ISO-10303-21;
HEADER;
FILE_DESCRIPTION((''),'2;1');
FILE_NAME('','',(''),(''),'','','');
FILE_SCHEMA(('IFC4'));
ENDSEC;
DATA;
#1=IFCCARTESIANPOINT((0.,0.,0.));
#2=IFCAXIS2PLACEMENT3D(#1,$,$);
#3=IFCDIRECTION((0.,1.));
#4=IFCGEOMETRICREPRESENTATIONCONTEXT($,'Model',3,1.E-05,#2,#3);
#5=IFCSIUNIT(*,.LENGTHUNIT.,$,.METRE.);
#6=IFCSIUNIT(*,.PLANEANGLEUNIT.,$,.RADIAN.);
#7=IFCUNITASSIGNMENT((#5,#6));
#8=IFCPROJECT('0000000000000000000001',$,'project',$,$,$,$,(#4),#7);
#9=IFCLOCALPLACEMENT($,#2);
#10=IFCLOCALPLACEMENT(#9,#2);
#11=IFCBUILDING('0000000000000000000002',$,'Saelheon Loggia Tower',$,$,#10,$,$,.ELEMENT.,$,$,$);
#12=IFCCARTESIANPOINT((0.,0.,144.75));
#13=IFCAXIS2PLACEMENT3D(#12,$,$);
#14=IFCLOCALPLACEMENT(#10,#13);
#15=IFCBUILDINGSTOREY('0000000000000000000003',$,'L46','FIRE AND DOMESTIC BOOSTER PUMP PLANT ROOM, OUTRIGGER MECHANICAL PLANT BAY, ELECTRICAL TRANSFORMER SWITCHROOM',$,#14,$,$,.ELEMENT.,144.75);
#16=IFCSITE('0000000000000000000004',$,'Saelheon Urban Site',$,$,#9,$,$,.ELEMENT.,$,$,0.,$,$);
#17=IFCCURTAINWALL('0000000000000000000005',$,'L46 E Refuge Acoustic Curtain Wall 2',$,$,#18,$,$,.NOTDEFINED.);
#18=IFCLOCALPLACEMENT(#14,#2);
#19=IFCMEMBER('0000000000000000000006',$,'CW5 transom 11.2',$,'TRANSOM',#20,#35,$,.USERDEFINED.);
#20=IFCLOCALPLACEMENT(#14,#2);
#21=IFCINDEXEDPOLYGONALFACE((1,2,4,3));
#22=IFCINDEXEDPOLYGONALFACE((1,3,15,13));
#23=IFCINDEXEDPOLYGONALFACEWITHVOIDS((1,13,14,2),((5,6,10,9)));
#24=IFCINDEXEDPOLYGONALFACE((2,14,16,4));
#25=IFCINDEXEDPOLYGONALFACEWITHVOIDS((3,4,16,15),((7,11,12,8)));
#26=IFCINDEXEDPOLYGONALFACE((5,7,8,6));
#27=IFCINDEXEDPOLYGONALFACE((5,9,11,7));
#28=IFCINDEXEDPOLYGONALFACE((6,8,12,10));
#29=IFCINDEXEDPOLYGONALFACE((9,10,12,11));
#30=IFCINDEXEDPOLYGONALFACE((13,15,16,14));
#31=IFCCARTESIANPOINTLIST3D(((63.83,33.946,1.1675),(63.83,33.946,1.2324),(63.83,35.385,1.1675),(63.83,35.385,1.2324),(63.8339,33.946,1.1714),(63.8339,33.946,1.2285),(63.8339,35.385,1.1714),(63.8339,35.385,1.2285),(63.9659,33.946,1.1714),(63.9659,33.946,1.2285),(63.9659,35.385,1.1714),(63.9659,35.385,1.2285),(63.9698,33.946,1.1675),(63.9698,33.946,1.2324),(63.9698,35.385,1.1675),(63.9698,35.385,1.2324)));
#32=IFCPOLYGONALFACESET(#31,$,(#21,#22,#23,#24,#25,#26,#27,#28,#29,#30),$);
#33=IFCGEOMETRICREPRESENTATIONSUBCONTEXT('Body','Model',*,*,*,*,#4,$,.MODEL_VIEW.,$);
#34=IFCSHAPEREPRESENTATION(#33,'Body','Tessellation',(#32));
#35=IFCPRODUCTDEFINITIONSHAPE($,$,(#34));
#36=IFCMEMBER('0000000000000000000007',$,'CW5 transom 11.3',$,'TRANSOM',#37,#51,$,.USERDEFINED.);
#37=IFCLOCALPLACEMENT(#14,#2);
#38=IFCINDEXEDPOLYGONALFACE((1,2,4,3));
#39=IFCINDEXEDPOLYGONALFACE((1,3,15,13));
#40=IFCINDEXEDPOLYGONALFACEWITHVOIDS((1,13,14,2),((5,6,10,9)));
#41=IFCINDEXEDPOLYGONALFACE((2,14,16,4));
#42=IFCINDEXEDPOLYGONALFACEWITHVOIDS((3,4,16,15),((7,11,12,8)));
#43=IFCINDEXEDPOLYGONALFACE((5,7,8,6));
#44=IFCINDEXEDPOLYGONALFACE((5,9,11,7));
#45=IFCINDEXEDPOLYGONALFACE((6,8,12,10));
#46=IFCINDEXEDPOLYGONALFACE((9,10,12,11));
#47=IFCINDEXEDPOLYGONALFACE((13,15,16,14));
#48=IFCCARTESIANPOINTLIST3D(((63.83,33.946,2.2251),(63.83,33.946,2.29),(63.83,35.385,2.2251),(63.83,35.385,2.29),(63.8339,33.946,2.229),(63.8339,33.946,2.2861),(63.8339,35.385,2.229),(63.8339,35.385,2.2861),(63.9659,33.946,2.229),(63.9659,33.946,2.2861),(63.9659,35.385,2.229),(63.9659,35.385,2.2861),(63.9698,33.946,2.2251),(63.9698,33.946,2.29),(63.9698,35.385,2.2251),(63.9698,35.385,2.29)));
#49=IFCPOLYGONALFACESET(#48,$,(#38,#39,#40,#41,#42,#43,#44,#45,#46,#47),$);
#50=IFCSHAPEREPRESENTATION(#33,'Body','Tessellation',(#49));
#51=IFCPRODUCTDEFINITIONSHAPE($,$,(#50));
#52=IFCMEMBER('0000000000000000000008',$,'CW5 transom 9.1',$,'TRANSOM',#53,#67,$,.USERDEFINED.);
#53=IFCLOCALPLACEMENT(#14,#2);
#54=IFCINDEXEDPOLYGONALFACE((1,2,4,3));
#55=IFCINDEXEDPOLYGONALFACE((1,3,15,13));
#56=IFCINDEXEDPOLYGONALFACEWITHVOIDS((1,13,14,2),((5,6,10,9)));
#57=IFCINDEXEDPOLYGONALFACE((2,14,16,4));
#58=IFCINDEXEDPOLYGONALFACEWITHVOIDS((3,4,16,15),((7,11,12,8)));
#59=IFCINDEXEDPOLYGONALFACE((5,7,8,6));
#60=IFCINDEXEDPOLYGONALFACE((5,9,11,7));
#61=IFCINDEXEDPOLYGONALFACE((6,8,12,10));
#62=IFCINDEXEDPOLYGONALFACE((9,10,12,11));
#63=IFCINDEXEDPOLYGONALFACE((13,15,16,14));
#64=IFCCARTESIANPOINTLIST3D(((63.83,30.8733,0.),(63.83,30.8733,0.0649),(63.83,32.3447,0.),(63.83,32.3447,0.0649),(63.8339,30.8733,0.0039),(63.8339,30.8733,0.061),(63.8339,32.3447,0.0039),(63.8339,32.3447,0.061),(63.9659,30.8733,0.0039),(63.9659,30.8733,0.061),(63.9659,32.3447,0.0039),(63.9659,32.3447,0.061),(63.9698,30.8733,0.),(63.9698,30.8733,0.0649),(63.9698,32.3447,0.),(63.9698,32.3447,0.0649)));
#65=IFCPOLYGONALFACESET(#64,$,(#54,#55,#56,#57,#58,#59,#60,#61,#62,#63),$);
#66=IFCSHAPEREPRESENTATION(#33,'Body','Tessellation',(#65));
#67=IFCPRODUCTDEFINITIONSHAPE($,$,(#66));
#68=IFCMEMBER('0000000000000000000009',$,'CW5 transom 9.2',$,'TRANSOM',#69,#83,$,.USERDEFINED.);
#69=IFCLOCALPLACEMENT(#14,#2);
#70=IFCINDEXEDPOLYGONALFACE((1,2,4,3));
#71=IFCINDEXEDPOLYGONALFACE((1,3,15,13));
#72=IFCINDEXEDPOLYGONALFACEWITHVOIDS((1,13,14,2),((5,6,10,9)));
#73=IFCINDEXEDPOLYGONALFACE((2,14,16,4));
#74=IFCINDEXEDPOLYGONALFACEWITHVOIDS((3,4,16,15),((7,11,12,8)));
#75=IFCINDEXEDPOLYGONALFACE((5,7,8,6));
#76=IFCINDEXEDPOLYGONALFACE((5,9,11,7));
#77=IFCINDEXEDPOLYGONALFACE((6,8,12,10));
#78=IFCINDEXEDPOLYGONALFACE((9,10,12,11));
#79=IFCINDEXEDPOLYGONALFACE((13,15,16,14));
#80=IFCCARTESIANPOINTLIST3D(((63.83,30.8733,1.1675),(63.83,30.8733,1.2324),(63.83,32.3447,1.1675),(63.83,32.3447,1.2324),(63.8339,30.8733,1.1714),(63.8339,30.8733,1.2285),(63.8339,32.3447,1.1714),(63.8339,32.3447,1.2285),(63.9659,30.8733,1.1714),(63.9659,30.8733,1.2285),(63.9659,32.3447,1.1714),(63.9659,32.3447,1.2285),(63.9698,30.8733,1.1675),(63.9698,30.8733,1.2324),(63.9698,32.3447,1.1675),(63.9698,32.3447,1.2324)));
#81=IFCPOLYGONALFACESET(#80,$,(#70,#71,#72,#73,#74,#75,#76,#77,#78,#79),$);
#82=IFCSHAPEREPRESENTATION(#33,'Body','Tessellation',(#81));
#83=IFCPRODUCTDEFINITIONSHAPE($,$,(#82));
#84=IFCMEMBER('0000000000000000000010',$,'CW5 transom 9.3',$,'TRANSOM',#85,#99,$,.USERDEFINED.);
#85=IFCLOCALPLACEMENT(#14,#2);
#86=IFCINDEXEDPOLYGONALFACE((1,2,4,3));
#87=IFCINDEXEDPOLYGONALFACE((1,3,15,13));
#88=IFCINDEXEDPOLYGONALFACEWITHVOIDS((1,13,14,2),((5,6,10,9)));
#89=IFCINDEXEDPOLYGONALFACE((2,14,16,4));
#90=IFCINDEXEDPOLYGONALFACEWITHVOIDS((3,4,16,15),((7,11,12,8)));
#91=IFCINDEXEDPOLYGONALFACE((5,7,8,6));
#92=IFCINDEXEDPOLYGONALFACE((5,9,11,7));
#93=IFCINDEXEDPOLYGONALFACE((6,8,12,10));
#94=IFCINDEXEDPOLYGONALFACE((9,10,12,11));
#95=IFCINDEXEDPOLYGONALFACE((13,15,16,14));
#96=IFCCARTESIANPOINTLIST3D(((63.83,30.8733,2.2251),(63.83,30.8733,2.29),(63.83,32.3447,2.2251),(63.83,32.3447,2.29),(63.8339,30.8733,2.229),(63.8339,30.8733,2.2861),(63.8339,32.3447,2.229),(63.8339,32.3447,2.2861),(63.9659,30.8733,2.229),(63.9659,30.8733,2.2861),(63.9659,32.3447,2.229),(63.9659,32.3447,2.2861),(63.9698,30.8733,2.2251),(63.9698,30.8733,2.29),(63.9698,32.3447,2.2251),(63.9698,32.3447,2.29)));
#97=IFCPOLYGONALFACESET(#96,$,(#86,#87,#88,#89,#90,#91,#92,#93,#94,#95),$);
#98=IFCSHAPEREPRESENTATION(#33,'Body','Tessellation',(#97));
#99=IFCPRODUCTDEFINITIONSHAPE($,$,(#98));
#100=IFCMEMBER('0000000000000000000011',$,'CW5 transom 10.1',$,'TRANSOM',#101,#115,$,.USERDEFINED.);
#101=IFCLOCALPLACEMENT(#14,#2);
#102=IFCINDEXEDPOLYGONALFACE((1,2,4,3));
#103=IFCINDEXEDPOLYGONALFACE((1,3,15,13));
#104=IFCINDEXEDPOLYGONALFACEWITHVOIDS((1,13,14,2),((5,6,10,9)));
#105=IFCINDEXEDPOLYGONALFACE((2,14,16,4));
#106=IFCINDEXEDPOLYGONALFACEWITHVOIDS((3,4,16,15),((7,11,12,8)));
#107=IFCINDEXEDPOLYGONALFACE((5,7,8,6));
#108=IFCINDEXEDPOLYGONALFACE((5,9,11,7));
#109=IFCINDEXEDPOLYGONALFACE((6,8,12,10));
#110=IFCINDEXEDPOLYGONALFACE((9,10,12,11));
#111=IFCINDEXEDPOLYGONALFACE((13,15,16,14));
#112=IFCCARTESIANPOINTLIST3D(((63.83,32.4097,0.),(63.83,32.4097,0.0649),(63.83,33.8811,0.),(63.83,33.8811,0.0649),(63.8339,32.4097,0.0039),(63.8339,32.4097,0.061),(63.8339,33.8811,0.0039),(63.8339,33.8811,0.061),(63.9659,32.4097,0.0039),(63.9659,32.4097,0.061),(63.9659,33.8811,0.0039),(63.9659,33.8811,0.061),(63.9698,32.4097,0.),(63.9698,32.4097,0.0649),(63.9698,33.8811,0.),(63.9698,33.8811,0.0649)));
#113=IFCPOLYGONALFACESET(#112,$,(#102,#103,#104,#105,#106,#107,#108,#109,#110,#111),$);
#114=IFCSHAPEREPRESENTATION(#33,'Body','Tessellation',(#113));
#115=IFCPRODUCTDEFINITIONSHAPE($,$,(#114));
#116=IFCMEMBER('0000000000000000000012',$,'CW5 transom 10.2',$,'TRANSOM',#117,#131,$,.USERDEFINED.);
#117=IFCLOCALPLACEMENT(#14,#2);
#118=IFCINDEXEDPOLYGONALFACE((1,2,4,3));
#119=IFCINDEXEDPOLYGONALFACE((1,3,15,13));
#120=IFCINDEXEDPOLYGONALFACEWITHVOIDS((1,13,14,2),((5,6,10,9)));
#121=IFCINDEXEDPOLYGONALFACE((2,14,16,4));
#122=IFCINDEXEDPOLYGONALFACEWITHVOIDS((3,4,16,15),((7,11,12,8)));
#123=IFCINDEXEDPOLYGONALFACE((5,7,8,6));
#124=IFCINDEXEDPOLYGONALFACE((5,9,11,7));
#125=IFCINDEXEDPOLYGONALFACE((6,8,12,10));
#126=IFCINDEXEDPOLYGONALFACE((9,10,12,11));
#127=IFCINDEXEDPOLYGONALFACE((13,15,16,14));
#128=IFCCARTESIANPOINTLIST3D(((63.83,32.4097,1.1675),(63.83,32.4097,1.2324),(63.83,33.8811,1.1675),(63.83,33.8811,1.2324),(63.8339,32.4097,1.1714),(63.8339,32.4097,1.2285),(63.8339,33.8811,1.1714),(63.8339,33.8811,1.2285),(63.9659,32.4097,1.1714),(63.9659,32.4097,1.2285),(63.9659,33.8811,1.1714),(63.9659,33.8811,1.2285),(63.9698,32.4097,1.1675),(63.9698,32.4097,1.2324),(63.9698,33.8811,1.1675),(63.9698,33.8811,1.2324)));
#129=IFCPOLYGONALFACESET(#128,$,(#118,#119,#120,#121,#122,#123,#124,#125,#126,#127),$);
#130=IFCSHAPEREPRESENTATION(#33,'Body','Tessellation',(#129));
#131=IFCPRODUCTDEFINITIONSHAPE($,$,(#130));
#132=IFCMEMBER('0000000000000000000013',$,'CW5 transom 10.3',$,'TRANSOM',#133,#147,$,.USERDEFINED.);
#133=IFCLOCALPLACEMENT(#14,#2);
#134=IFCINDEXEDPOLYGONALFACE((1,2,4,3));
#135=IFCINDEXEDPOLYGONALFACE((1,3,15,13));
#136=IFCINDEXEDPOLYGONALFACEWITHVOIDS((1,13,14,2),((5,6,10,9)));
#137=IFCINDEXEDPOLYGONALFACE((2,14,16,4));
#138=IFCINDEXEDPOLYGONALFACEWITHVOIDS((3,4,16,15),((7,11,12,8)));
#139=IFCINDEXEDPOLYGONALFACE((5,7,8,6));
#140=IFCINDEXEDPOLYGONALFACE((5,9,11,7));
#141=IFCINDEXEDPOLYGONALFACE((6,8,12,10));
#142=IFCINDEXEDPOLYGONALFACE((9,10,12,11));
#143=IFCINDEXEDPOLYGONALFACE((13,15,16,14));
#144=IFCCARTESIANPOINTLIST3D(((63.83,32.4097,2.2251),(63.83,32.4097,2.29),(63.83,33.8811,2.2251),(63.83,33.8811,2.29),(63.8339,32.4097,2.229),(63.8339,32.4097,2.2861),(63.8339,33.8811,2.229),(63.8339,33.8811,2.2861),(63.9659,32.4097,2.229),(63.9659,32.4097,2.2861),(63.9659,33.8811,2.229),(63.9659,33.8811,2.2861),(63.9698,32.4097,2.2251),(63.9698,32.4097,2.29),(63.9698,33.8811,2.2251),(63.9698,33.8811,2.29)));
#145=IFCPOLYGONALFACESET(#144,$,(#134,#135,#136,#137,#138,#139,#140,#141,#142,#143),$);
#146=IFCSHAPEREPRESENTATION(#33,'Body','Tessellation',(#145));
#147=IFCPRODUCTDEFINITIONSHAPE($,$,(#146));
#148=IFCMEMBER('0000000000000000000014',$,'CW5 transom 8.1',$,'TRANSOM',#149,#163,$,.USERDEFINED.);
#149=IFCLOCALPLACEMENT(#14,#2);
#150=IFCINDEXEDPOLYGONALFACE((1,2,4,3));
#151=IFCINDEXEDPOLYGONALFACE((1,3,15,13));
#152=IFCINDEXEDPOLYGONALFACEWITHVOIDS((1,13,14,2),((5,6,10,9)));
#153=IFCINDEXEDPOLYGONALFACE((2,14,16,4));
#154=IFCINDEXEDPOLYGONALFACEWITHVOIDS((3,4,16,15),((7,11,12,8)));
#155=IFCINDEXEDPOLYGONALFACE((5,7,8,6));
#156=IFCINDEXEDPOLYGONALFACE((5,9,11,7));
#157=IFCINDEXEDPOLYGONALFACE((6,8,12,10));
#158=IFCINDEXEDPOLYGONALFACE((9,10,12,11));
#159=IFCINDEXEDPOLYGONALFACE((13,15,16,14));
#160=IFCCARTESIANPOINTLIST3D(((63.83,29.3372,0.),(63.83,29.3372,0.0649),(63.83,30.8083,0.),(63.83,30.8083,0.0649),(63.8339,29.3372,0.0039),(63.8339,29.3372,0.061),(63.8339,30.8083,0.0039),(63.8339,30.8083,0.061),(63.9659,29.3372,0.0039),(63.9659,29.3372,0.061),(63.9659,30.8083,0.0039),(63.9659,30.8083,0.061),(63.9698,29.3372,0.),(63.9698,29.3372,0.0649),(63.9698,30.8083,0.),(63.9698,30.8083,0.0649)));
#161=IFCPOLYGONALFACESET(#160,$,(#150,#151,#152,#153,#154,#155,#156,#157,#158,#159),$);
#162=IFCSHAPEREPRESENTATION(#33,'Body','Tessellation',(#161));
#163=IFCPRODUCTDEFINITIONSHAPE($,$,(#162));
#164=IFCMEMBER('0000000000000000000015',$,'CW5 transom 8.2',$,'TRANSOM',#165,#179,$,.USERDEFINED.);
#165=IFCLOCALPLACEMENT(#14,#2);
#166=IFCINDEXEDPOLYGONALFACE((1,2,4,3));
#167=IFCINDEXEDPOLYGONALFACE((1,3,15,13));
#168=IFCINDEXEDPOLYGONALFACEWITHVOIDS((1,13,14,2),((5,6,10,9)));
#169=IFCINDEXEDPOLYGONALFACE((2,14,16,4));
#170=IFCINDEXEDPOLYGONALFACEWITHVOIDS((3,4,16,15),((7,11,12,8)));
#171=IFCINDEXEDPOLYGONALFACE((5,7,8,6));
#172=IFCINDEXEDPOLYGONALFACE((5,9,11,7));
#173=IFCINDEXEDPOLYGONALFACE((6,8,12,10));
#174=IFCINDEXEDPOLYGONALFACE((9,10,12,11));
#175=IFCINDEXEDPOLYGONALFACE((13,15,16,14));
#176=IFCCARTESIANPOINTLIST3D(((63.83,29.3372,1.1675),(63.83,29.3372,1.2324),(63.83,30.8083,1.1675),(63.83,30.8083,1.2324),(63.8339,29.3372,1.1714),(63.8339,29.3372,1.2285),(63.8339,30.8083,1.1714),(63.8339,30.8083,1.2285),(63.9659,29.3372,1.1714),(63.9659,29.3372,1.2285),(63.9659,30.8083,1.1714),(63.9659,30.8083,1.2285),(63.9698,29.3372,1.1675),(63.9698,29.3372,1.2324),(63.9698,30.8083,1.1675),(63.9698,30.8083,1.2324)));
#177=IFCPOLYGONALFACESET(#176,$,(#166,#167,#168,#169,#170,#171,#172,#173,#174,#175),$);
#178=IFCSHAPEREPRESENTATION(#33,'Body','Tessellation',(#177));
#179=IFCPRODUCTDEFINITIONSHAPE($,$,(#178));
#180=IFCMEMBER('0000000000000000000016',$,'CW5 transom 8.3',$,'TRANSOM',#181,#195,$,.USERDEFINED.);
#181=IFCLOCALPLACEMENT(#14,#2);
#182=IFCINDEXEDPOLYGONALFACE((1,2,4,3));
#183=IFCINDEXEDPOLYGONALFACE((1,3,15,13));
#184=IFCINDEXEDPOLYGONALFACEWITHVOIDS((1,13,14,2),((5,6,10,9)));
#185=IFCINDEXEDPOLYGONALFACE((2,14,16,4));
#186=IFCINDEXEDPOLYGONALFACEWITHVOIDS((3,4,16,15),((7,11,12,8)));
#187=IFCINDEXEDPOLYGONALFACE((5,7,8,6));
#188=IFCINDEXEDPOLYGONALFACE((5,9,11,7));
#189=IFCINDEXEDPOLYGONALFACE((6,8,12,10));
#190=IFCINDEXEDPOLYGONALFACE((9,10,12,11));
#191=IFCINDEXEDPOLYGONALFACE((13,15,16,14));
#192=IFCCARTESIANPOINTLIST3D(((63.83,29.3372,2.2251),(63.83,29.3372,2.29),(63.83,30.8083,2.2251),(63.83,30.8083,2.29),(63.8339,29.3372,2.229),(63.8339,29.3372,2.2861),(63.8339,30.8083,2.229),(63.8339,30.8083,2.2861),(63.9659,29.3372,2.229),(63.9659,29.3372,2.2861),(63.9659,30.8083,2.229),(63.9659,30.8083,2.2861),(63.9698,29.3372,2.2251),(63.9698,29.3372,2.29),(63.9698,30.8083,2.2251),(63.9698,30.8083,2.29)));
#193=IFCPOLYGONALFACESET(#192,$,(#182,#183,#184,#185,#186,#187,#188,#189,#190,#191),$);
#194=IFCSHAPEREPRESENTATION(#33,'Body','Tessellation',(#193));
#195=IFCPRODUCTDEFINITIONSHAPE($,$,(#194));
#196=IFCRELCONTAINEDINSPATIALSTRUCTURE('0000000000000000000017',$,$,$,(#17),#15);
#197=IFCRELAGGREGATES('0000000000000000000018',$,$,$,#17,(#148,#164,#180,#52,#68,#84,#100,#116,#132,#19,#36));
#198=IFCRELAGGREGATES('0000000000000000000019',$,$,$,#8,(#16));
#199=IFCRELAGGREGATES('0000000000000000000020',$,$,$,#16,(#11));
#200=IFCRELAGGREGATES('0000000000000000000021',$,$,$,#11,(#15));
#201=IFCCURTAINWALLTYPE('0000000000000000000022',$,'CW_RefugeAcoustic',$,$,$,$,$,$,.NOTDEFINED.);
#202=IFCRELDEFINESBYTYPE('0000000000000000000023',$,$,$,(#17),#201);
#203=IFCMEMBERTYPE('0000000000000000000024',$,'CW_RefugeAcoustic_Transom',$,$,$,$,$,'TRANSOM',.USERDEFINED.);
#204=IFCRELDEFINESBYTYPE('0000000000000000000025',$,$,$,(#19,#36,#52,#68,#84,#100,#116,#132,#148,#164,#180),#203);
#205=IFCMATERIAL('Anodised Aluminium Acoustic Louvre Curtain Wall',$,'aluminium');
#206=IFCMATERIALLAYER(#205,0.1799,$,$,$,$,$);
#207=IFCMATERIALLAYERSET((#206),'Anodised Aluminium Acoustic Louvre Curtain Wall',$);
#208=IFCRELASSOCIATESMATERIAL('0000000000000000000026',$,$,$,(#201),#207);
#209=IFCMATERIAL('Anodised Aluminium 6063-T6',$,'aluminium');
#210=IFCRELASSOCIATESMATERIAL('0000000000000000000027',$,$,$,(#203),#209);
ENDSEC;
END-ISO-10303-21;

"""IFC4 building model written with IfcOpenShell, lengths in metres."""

from ifc_helpers import new_model, si_unit, direction, frame, origin, origin_2d, place, context, subcontext, project, spatial, hollow_rectangle, extrude, source, transform, mapped, material, layer, layer_set, material_profile, profile_set, type_object, element, aggregate, save


model = new_model("IFC4")

# Units and contexts
model_context = context("Model", 3, precision=1e-05, world=origin(), true_north=direction((0.0, 1.0)))
body_context = subcontext(model_context, "Body", "Model", "MODEL_VIEW")
ifc_project = project(units=[si_unit("LENGTHUNIT", "METRE"), si_unit("PLANEANGLEUNIT", "RADIAN")], contexts=[model_context])

# Site, building, storey
site_placement = place(None, origin())
site = spatial("IfcSite", under=ifc_project, at=site_placement, Name="Saelheon Urban Site", CompositionType="ELEMENT", RefElevation=0.0)
building_placement = place(site_placement, origin())
building = spatial("IfcBuilding", under=site, at=building_placement, Name="Saelheon Loggia Tower", CompositionType="ELEMENT")
storey_placement = place(building_placement, frame((0.0, 0.0, 144.75)))
storey = spatial("IfcBuildingStorey", under=building, at=storey_placement, Name="L46", Description="FIRE AND DOMESTIC BOOSTER PUMP PLANT ROOM, OUTRIGGER MECHANICAL PLANT BAY, ELECTRICAL TRANSFORMER SWITCHROOM", CompositionType="ELEMENT", Elevation=144.75)

# Curtain wall
ifc_material_1 = material(Name="Anodised Aluminium Acoustic Louvre Curtain Wall", Category="aluminium")
ifc_layer_1 = layer(ifc_material_1, 0.1799)
ifc_layer_set_1 = layer_set([ifc_layer_1], Name="Anodised Aluminium Acoustic Louvre Curtain Wall")
curtain_wall_type = type_object("IfcCurtainWallType", Name="CW_RefugeAcoustic", PredefinedType="NOTDEFINED", material=ifc_layer_set_1)
curtain_wall_1_placement = place(storey_placement, origin())
curtain_wall_1 = element("IfcCurtainWall", 1, at=curtain_wall_1_placement, inside=storey, type_object=curtain_wall_type, Name="L46 E Refuge Acoustic Curtain Wall 2", PredefinedType="NOTDEFINED")
ifc_material_2 = material(Name="Anodised Aluminium 6063-T6", Category="aluminium")

# Members
ifc_material_profile_1 = material_profile(ifc_material_2, hollow_rectangle(XDim=0.0649, YDim=0.1399, WallThickness=0.0039, at=origin_2d()), Name="RHS-140x65x4")
ifc_profile_set_1 = profile_set([ifc_material_profile_1], Name="Anodised Aluminium 6063-T6")
member_type_1 = type_object("IfcMemberType", Name="CW_RefugeAcoustic_Transom", ElementType="TRANSOM", PredefinedType="USERDEFINED", material=ifc_profile_set_1)
shared_shape_1 = source(origin(), body_context, "Body", "SweptSolid", [
    extrude(hollow_rectangle(XDim=0.0649, YDim=0.1399, WallThickness=0.0039, at=origin_2d()), origin(), (0.0, 0.0, 1.0), 1.439),
])
member_1_placement = place(storey_placement, frame((63.8999, 33.946, 1.2), z_axis=(0.0, 1.0, 0.0), x_axis=(0.0, 0.0, 1.0)))
member_1 = element("IfcMember", 2, at=member_1_placement, type_object=member_type_1, Name="CW5 transom 11.2", ObjectType="TRANSOM", PredefinedType="USERDEFINED", context=body_context, shape_type="MappedRepresentation", body=[
    mapped(shared_shape_1, transform((0.0, 0.0, 0.0), scale=1.0)),
])
member_2_placement = place(storey_placement, frame((63.8999, 33.946, 2.2576), z_axis=(0.0, 1.0, 0.0), x_axis=(0.0, 0.0, 1.0)))
member_2 = element("IfcMember", 3, at=member_2_placement, type_object=member_type_1, Name="CW5 transom 11.3", ObjectType="TRANSOM", PredefinedType="USERDEFINED", context=body_context, shape_type="MappedRepresentation", body=[
    mapped(shared_shape_1, transform((0.0, 0.0, 0.0), scale=1.0)),
])
shared_shape_2 = source(origin(), body_context, "Body", "SweptSolid", [
    extrude(hollow_rectangle(XDim=0.0649, YDim=0.1399, WallThickness=0.0039, at=origin_2d()), origin(), (0.0, 0.0, 1.0), 1.4714),
])
member_3_placement = place(storey_placement, frame((63.8999, 30.8733, 0.0325), z_axis=(0.0, 1.0, 0.0), x_axis=(0.0, 0.0, 1.0)))
member_3 = element("IfcMember", 4, at=member_3_placement, type_object=member_type_1, Name="CW5 transom 9.1", ObjectType="TRANSOM", PredefinedType="USERDEFINED", context=body_context, shape_type="MappedRepresentation", body=[
    mapped(shared_shape_2, transform((0.0, 0.0, 0.0), scale=1.0)),
])
member_4_placement = place(storey_placement, frame((63.8999, 30.8733, 1.2), z_axis=(0.0, 1.0, 0.0), x_axis=(0.0, 0.0, 1.0)))
member_4 = element("IfcMember", 5, at=member_4_placement, type_object=member_type_1, Name="CW5 transom 9.2", ObjectType="TRANSOM", PredefinedType="USERDEFINED", context=body_context, shape_type="MappedRepresentation", body=[
    mapped(shared_shape_2, transform((0.0, 0.0, 0.0), scale=1.0)),
])
member_5_placement = place(storey_placement, frame((63.8999, 30.8733, 2.2576), z_axis=(0.0, 1.0, 0.0), x_axis=(0.0, 0.0, 1.0)))
member_5 = element("IfcMember", 6, at=member_5_placement, type_object=member_type_1, Name="CW5 transom 9.3", ObjectType="TRANSOM", PredefinedType="USERDEFINED", context=body_context, shape_type="MappedRepresentation", body=[
    mapped(shared_shape_2, transform((0.0, 0.0, 0.0), scale=1.0)),
])
member_6_placement = place(storey_placement, frame((63.8999, 32.4097, 0.0325), z_axis=(0.0, 1.0, 0.0), x_axis=(0.0, 0.0, 1.0)))
member_6 = element("IfcMember", 7, at=member_6_placement, type_object=member_type_1, Name="CW5 transom 10.1", ObjectType="TRANSOM", PredefinedType="USERDEFINED", context=body_context, shape_type="MappedRepresentation", body=[
    mapped(shared_shape_2, transform((0.0, 0.0, 0.0), scale=1.0)),
])
member_7_placement = place(storey_placement, frame((63.8999, 32.4097, 1.2), z_axis=(0.0, 1.0, 0.0), x_axis=(0.0, 0.0, 1.0)))
member_7 = element("IfcMember", 8, at=member_7_placement, type_object=member_type_1, Name="CW5 transom 10.2", ObjectType="TRANSOM", PredefinedType="USERDEFINED", context=body_context, shape_type="MappedRepresentation", body=[
    mapped(shared_shape_2, transform((0.0, 0.0, 0.0), scale=1.0)),
])
member_8_placement = place(storey_placement, frame((63.8999, 32.4097, 2.2576), z_axis=(0.0, 1.0, 0.0), x_axis=(0.0, 0.0, 1.0)))
member_8 = element("IfcMember", 9, at=member_8_placement, type_object=member_type_1, Name="CW5 transom 10.3", ObjectType="TRANSOM", PredefinedType="USERDEFINED", context=body_context, shape_type="MappedRepresentation", body=[
    mapped(shared_shape_2, transform((0.0, 0.0, 0.0), scale=1.0)),
])
shared_shape_3 = source(origin(), body_context, "Body", "SweptSolid", [
    extrude(hollow_rectangle(XDim=0.0649, YDim=0.1399, WallThickness=0.0039, at=origin_2d()), origin(), (0.0, 0.0, 1.0), 1.4712),
])
member_9_placement = place(storey_placement, frame((63.8999, 29.3372, 0.0325), z_axis=(0.0, 1.0, 0.0), x_axis=(0.0, 0.0, 1.0)))
member_9 = element("IfcMember", 10, at=member_9_placement, type_object=member_type_1, Name="CW5 transom 8.1", ObjectType="TRANSOM", PredefinedType="USERDEFINED", context=body_context, shape_type="MappedRepresentation", body=[
    mapped(shared_shape_3, transform((0.0, 0.0, 0.0), scale=1.0)),
])
member_10_placement = place(storey_placement, frame((63.8999, 29.3372, 1.2), z_axis=(0.0, 1.0, 0.0), x_axis=(0.0, 0.0, 1.0)))
member_10 = element("IfcMember", 11, at=member_10_placement, type_object=member_type_1, Name="CW5 transom 8.2", ObjectType="TRANSOM", PredefinedType="USERDEFINED", context=body_context, shape_type="MappedRepresentation", body=[
    mapped(shared_shape_3, transform((0.0, 0.0, 0.0), scale=1.0)),
])
member_11_placement = place(storey_placement, frame((63.8999, 29.3372, 2.2576), z_axis=(0.0, 1.0, 0.0), x_axis=(0.0, 0.0, 1.0)))
member_11 = element("IfcMember", 12, at=member_11_placement, type_object=member_type_1, Name="CW5 transom 8.3", ObjectType="TRANSOM", PredefinedType="USERDEFINED", context=body_context, shape_type="MappedRepresentation", body=[
    mapped(shared_shape_3, transform((0.0, 0.0, 0.0), scale=1.0)),
])

aggregate(curtain_wall_1, [member_9, member_10, member_11, member_3, member_4, member_5, member_6, member_7, member_8, member_1, member_2])

save(model, "model.ifc")
